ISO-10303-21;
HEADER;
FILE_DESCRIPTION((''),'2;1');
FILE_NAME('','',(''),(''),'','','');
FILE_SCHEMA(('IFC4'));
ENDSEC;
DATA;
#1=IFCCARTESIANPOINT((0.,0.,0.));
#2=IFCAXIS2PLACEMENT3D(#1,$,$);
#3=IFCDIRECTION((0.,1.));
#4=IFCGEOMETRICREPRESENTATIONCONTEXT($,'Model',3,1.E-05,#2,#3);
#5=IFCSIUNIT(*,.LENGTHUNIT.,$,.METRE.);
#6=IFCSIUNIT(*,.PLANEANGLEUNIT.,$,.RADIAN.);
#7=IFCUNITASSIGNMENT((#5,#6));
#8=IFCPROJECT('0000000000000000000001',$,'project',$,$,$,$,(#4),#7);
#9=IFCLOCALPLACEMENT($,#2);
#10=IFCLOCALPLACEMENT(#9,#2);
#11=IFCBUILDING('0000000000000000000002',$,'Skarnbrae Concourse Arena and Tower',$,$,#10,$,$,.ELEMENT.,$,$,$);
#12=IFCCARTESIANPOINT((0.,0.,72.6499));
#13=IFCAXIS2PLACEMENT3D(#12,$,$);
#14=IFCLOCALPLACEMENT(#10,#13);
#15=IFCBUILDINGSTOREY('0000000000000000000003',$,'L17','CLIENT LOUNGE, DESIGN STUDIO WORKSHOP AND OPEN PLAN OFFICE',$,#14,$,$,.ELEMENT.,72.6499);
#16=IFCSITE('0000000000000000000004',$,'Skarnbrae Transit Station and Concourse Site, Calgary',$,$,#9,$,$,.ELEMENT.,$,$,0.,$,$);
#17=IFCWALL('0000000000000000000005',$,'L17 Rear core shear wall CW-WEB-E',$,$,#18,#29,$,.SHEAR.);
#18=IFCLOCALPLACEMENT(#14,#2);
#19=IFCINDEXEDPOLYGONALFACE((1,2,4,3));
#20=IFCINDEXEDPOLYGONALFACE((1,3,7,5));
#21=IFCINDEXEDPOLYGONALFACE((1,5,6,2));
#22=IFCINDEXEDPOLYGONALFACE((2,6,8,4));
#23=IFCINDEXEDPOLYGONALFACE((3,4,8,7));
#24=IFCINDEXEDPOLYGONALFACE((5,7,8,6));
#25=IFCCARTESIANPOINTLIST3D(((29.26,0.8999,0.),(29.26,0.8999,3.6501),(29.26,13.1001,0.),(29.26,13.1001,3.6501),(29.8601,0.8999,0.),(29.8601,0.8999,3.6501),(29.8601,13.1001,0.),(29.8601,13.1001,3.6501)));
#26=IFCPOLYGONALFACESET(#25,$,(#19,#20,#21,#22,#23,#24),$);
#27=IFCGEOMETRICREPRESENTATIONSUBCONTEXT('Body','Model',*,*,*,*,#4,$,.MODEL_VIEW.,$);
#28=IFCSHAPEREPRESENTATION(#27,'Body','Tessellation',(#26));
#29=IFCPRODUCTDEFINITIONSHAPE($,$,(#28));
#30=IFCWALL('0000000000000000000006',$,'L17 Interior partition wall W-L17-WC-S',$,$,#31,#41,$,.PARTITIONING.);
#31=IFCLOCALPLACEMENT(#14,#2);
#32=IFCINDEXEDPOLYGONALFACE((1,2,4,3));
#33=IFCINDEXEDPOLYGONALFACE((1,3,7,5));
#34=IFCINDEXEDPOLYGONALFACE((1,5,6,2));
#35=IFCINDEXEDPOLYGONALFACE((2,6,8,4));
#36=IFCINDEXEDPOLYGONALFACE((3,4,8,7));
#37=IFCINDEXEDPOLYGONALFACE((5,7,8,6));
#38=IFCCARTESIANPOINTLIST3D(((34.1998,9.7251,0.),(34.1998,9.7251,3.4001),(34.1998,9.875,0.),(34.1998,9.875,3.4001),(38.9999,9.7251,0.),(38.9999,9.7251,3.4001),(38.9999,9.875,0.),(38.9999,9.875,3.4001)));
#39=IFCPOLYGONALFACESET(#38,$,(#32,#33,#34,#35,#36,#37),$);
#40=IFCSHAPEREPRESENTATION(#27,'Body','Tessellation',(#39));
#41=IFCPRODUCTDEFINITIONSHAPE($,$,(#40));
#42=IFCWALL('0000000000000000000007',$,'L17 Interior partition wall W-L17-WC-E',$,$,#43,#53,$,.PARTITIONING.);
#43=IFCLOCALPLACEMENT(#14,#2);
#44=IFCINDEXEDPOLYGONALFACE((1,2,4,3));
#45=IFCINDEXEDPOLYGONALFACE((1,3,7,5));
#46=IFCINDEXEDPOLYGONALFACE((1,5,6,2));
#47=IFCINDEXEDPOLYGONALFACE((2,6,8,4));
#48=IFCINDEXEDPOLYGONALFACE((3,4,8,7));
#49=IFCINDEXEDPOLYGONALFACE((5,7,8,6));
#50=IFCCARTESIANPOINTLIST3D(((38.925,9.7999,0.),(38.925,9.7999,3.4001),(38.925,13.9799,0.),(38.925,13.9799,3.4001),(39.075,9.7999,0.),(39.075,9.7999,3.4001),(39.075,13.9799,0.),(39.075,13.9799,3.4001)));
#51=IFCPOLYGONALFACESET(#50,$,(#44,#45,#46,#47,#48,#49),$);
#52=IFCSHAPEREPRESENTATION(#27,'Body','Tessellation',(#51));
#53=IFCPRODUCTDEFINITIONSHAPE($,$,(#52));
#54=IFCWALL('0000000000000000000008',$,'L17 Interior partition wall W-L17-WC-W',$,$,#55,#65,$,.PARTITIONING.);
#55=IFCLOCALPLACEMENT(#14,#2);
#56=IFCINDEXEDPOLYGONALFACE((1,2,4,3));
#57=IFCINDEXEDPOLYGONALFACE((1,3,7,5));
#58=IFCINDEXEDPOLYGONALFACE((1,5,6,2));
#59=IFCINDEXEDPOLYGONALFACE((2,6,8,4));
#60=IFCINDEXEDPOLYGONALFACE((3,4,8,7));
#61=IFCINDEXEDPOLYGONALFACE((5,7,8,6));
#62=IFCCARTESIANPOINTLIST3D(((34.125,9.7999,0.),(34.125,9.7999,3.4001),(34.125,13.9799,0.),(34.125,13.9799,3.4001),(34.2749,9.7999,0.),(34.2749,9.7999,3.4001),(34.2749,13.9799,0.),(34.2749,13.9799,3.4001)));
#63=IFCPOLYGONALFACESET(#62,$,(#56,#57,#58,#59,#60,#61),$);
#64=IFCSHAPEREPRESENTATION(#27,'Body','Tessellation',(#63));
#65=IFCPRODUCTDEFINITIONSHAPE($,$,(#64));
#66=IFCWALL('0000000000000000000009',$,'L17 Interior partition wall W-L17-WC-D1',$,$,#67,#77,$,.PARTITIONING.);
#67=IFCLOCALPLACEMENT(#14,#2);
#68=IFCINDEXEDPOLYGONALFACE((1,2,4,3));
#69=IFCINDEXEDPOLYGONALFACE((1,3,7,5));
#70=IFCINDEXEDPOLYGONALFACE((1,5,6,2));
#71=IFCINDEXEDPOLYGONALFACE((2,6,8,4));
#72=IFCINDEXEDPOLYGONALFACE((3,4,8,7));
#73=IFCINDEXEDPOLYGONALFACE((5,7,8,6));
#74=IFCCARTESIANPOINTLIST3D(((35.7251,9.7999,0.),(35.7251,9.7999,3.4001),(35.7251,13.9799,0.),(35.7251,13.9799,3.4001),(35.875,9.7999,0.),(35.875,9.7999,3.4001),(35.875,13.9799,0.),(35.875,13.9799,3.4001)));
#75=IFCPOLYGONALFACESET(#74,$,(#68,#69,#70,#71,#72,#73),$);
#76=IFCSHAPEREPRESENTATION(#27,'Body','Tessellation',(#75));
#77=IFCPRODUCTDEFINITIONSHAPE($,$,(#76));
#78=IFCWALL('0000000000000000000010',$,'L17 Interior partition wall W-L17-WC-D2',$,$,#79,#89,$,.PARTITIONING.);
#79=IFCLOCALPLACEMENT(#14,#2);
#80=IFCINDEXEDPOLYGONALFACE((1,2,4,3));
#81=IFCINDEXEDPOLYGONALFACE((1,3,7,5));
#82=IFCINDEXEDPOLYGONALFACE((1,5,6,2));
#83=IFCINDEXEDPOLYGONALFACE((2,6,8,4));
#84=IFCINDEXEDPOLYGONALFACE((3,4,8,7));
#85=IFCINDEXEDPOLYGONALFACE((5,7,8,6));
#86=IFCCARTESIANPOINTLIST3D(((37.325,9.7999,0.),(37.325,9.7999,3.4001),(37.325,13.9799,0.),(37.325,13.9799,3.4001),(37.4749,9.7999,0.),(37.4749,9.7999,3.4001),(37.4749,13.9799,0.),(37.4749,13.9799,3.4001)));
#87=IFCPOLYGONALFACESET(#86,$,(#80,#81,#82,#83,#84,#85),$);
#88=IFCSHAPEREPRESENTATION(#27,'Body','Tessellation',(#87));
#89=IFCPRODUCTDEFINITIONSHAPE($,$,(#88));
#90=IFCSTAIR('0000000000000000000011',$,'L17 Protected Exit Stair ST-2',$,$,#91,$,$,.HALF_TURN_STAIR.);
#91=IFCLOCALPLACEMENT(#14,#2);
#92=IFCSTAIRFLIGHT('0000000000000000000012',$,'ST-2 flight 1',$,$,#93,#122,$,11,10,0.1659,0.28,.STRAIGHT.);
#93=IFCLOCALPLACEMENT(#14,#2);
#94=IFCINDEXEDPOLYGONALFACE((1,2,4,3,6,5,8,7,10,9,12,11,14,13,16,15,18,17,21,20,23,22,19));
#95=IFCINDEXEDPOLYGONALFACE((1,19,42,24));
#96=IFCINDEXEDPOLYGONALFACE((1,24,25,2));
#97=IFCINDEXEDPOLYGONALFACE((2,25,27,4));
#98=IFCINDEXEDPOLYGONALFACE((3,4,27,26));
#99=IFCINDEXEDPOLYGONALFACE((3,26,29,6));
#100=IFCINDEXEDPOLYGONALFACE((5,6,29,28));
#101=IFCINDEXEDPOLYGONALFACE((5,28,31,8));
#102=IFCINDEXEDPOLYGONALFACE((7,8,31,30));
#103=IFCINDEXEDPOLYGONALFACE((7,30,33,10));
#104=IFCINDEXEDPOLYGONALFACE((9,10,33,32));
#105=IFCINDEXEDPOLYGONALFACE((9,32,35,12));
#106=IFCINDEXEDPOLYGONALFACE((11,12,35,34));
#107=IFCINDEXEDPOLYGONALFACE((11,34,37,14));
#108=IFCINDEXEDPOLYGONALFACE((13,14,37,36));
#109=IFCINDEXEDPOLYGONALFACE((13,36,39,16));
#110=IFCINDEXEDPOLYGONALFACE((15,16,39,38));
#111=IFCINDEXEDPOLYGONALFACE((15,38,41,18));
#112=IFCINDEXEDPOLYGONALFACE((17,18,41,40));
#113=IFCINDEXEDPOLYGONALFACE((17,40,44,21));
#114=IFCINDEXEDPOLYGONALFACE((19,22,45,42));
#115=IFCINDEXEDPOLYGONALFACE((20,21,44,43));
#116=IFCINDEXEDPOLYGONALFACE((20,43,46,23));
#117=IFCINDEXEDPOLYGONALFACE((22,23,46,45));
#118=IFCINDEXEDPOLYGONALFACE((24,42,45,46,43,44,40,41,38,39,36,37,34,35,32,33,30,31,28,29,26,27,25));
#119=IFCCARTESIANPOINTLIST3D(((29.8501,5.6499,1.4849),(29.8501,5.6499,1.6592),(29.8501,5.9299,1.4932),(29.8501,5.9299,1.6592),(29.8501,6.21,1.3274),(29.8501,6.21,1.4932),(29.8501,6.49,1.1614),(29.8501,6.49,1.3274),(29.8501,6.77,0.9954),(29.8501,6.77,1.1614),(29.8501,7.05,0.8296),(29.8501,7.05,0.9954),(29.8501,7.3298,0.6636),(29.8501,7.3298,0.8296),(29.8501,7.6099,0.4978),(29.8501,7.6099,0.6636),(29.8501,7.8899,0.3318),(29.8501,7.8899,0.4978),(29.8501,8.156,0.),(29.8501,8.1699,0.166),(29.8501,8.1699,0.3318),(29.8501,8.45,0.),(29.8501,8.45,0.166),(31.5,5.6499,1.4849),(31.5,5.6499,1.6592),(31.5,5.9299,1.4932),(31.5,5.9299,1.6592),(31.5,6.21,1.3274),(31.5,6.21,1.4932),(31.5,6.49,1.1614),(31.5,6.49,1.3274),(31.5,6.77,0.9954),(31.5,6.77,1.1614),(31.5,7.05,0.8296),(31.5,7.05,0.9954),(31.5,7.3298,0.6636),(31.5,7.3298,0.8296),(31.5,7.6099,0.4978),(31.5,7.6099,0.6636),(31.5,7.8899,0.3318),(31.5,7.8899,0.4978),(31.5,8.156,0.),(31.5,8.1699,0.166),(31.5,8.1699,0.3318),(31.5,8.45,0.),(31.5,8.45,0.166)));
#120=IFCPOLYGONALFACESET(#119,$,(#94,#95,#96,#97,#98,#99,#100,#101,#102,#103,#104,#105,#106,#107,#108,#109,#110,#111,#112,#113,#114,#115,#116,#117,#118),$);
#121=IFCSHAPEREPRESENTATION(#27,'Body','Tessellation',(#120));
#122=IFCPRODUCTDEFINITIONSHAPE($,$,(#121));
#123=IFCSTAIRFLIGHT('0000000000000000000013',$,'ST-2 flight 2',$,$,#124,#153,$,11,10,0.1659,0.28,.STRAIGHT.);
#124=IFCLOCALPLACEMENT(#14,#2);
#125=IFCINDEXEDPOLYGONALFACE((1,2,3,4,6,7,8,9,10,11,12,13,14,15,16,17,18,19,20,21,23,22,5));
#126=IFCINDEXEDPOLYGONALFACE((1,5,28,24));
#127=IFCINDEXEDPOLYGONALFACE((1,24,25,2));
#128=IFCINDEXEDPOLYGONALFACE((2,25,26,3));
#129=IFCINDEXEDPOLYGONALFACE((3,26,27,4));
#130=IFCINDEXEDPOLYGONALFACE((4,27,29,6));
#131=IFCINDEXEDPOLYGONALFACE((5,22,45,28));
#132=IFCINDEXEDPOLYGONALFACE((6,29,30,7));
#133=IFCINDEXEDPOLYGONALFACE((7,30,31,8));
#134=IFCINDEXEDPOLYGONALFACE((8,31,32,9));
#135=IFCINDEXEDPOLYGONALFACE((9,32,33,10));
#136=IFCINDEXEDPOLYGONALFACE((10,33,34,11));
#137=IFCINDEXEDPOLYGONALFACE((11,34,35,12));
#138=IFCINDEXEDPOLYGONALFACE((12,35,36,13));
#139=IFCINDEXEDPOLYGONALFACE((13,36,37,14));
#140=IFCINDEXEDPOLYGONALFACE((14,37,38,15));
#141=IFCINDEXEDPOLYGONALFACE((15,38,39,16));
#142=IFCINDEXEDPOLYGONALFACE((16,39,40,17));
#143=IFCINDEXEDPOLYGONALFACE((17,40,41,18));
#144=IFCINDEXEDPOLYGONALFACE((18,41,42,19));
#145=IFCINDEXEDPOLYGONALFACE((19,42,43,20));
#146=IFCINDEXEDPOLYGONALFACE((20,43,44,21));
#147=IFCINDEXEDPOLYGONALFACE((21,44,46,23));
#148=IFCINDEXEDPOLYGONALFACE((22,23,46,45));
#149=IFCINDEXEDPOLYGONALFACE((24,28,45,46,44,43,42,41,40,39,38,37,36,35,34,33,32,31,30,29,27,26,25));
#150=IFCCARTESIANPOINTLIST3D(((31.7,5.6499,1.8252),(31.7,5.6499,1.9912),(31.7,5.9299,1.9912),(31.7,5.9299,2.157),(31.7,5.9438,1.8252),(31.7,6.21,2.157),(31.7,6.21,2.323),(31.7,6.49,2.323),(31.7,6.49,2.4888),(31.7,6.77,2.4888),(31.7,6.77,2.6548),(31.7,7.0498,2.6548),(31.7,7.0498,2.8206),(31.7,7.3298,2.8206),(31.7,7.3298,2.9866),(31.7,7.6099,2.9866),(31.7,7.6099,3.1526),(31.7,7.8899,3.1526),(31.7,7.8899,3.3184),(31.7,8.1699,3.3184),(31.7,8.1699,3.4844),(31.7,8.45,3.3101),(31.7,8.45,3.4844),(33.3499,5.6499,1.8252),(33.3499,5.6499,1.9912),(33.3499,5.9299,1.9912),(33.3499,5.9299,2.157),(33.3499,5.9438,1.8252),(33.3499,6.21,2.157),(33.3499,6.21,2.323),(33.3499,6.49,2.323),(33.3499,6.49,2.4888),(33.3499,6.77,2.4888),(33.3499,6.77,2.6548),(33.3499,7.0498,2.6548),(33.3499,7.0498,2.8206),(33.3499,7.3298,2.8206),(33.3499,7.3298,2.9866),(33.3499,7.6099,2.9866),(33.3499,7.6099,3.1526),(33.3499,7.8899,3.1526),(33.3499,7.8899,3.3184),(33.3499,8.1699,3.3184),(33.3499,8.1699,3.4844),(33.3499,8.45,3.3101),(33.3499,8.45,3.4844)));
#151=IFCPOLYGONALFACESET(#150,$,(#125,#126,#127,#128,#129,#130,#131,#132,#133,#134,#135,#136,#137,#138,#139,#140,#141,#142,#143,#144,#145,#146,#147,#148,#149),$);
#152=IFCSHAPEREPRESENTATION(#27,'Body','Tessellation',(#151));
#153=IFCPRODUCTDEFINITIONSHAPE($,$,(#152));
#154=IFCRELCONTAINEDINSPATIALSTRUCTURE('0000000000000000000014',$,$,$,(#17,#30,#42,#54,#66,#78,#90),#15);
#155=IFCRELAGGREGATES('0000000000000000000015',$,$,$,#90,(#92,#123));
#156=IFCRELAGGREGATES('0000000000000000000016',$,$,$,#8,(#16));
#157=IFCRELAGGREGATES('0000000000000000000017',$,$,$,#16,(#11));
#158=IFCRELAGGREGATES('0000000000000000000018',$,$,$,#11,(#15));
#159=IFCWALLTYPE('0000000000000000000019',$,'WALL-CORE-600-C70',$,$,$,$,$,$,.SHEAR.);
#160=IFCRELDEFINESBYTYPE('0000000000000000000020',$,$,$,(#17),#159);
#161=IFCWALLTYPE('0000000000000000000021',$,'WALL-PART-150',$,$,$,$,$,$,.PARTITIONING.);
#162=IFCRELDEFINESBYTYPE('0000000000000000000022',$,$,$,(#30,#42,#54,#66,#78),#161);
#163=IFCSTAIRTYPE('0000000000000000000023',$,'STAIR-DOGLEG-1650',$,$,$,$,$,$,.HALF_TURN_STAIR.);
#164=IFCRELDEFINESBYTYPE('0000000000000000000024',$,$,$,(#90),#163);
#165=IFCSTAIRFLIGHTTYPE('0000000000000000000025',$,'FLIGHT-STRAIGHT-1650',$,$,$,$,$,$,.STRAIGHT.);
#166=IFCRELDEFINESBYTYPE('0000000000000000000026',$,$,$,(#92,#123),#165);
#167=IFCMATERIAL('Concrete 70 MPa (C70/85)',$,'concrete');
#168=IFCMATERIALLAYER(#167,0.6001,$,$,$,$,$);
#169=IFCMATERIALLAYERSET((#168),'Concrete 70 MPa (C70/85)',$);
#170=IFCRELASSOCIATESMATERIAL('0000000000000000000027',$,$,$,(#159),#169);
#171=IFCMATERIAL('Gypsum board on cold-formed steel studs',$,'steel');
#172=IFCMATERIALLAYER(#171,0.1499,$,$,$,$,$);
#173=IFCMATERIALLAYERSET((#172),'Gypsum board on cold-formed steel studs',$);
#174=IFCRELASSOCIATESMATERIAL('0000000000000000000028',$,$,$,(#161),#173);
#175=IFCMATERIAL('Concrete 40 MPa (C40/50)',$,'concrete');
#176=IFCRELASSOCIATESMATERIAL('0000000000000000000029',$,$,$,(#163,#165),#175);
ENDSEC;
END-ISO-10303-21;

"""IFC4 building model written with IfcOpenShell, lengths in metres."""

from ifc_helpers import new_model, si_unit, direction, frame, frame_2d, origin, place, context, subcontext, project, spatial, polyline, rectangle, outline, extrude, source, transform, mapped, material, layer, layer_set, type_object, element, aggregate, save


model = new_model("IFC4")

# Units and contexts
model_context = context("Model", 3, precision=1e-05, world=origin(), true_north=direction((0.0, 1.0)))
body_context = subcontext(model_context, "Body", "Model", "MODEL_VIEW")
ifc_project = project(units=[si_unit("LENGTHUNIT", "METRE"), si_unit("PLANEANGLEUNIT", "RADIAN")], contexts=[model_context])

# Site, building, storey
site_placement = place(None, origin())
site = spatial("IfcSite", under=ifc_project, at=site_placement, Name="Skarnbrae Transit Station and Concourse Site, Calgary", CompositionType="ELEMENT", RefElevation=0.0)
building_placement = place(site_placement, origin())
building = spatial("IfcBuilding", under=site, at=building_placement, Name="Skarnbrae Concourse Arena and Tower", CompositionType="ELEMENT")
storey_placement = place(building_placement, frame((0.0, 0.0, 72.6499)))
storey = spatial("IfcBuildingStorey", under=building, at=storey_placement, Name="L17", Description="CLIENT LOUNGE, DESIGN STUDIO WORKSHOP AND OPEN PLAN OFFICE", CompositionType="ELEMENT", Elevation=72.6499)

# Wall
ifc_material_1 = material(Name="Concrete 70 MPa (C70/85)", Category="concrete")
ifc_layer_1 = layer(ifc_material_1, 0.6001)
ifc_layer_set_1 = layer_set([ifc_layer_1], Name="Concrete 70 MPa (C70/85)")
wall_type_1 = type_object("IfcWallType", Name="WALL-CORE-600-C70", PredefinedType="SHEAR", material=ifc_layer_set_1)
shared_shape_1 = source(origin(), body_context, "Body", "SweptSolid", [
    extrude(rectangle(XDim=12.2002, YDim=0.6001, at=frame_2d((6.1001, 0.0))), origin(), (0.0, 0.0, 1.0), 3.6501),
])
wall_1_placement = place(storey_placement, frame((29.5601, 0.8999, 0.0), z_axis=(0.0, 0.0, 1.0), x_axis=(0.0, 1.0, 0.0)))
element("IfcWall", 1, at=wall_1_placement, inside=storey, type_object=wall_type_1, Name="L17 Rear core shear wall CW-WEB-E", PredefinedType="SHEAR", context=body_context, shape_type="MappedRepresentation", body=[
    mapped(shared_shape_1, transform((0.0, 0.0, 0.0))),
])

# Walls
ifc_material_2 = material(Name="Gypsum board on cold-formed steel studs", Category="steel")
ifc_layer_2 = layer(ifc_material_2, 0.1499)
ifc_layer_set_2 = layer_set([ifc_layer_2], Name="Gypsum board on cold-formed steel studs")
wall_type_2 = type_object("IfcWallType", Name="WALL-PART-150", PredefinedType="PARTITIONING", material=ifc_layer_set_2)
shared_shape_2 = source(origin(), body_context, "Body", "SweptSolid", [
    extrude(rectangle(XDim=4.8, YDim=0.1499, at=frame_2d((2.3999, 0.0))), origin(), (0.0, 0.0, 1.0), 3.4001),
])
wall_2_placement = place(storey_placement, frame((34.2, 9.8, 0.0), z_axis=(0.0, 0.0, 1.0), x_axis=(1.0, 0.0, 0.0)))
element("IfcWall", 2, at=wall_2_placement, inside=storey, type_object=wall_type_2, Name="L17 Interior partition wall W-L17-WC-S", PredefinedType="PARTITIONING", context=body_context, shape_type="MappedRepresentation", body=[
    mapped(shared_shape_2, transform((0.0, 0.0, 0.0))),
])
shared_shape_3 = source(origin(), body_context, "Body", "SweptSolid", [
    extrude(rectangle(XDim=4.1799, YDim=0.1499, at=frame_2d((2.0898, 0.0))), origin(), (0.0, 0.0, 1.0), 3.4001),
])
for number, where, z_axis, x_axis, name in (
    (3, (39.0, 9.8, 0.0), (0.0, 0.0, 1.0), (0.0, 1.0, 0.0), "L17 Interior partition wall W-L17-WC-E"),
    (4, (34.2, 9.8, 0.0), (0.0, 0.0, 1.0), (0.0, 1.0, 0.0), "L17 Interior partition wall W-L17-WC-W"),
    (5, (35.8, 9.8, 0.0), (0.0, 0.0, 1.0), (0.0, 1.0, 0.0), "L17 Interior partition wall W-L17-WC-D1"),
    (6, (37.3999, 9.8, 0.0), (0.0, 0.0, 1.0), (0.0, 1.0, 0.0), "L17 Interior partition wall W-L17-WC-D2"),
):
    element("IfcWall", number, at=place(storey_placement, frame(where, z_axis=z_axis, x_axis=x_axis)), inside=storey, type_object=wall_type_2, Name=name, PredefinedType="PARTITIONING", context=body_context, shape_type="MappedRepresentation", body=[
        mapped(shared_shape_3, transform((0.0, 0.0, 0.0))),
    ])

# Stair, stair flights
ifc_material_3 = material(Name="Concrete 40 MPa (C40/50)", Category="concrete")
stair_type = type_object("IfcStairType", Name="STAIR-DOGLEG-1650", PredefinedType="HALF_TURN_STAIR", material=ifc_material_3)
stair_placement = place(storey_placement, origin())
stair = element("IfcStair", 7, at=stair_placement, inside=storey, type_object=stair_type, Name="L17 Protected Exit Stair ST-2", PredefinedType="HALF_TURN_STAIR")
stair_flight_type = type_object("IfcStairFlightType", Name="FLIGHT-STRAIGHT-1650", PredefinedType="STRAIGHT", material=ifc_material_3)
shared_shape_4 = source(origin(), body_context, "Body", "SweptSolid", [
    extrude(outline(polyline([(0.0, 0.0), (0.0, 0.166), (0.28, 0.166), (0.28, 0.3318), (0.5601, 0.3318), (0.5601, 0.4978), (0.8401, 0.4978), (0.8401, 0.6636), (1.1201, 0.6636), (1.1201, 0.8296), (1.3999, 0.8296), (1.3999, 0.9954), (1.6799, 0.9954), (1.6799, 1.1614), (1.96, 1.1614), (1.96, 1.3274), (2.24, 1.3274), (2.24, 1.4932), (2.52, 1.4932), (2.52, 1.6592), (2.8, 1.6592), (2.8, 1.825), (2.8, 1.4849), (0.2939, 0.0), (0.0, 0.0)])), frame((0.0, 0.825, 0.0), z_axis=(0.0, -1.0, 0.0), x_axis=(1.0, 0.0, 0.0)), (0.0, 0.0, 1.0), 1.6499),
])
stair_flight_1_placement = place(storey_placement, frame((30.675, 8.45, 0.0), z_axis=(0.0, 0.0, 1.0), x_axis=(0.0, -1.0, 0.0)))
stair_flight_1 = element("IfcStairFlight", 8, at=stair_flight_1_placement, type_object=stair_flight_type, Name="ST-2 flight 1", NumberOfRisers=11, NumberOfTreads=10, PredefinedType="STRAIGHT", RiserHeight=0.1659, TreadLength=0.28, context=body_context, shape_type="MappedRepresentation", body=[
    mapped(shared_shape_4, transform((0.0, 0.0, 0.0))),
])
stair_flight_2_placement = place(storey_placement, frame((32.5249, 5.6499, 1.8252), z_axis=(0.0, 0.0, 1.0), x_axis=(0.0, 1.0, 0.0)))
stair_flight_2 = element("IfcStairFlight", 9, at=stair_flight_2_placement, type_object=stair_flight_type, Name="ST-2 flight 2", NumberOfRisers=11, NumberOfTreads=10, PredefinedType="STRAIGHT", RiserHeight=0.1659, TreadLength=0.28, context=body_context, shape_type="MappedRepresentation", body=[
    mapped(shared_shape_4, transform((0.0, 0.0, 0.0))),
])
aggregate(stair, [stair_flight_1, stair_flight_2])

save(model, "model.ifc")
